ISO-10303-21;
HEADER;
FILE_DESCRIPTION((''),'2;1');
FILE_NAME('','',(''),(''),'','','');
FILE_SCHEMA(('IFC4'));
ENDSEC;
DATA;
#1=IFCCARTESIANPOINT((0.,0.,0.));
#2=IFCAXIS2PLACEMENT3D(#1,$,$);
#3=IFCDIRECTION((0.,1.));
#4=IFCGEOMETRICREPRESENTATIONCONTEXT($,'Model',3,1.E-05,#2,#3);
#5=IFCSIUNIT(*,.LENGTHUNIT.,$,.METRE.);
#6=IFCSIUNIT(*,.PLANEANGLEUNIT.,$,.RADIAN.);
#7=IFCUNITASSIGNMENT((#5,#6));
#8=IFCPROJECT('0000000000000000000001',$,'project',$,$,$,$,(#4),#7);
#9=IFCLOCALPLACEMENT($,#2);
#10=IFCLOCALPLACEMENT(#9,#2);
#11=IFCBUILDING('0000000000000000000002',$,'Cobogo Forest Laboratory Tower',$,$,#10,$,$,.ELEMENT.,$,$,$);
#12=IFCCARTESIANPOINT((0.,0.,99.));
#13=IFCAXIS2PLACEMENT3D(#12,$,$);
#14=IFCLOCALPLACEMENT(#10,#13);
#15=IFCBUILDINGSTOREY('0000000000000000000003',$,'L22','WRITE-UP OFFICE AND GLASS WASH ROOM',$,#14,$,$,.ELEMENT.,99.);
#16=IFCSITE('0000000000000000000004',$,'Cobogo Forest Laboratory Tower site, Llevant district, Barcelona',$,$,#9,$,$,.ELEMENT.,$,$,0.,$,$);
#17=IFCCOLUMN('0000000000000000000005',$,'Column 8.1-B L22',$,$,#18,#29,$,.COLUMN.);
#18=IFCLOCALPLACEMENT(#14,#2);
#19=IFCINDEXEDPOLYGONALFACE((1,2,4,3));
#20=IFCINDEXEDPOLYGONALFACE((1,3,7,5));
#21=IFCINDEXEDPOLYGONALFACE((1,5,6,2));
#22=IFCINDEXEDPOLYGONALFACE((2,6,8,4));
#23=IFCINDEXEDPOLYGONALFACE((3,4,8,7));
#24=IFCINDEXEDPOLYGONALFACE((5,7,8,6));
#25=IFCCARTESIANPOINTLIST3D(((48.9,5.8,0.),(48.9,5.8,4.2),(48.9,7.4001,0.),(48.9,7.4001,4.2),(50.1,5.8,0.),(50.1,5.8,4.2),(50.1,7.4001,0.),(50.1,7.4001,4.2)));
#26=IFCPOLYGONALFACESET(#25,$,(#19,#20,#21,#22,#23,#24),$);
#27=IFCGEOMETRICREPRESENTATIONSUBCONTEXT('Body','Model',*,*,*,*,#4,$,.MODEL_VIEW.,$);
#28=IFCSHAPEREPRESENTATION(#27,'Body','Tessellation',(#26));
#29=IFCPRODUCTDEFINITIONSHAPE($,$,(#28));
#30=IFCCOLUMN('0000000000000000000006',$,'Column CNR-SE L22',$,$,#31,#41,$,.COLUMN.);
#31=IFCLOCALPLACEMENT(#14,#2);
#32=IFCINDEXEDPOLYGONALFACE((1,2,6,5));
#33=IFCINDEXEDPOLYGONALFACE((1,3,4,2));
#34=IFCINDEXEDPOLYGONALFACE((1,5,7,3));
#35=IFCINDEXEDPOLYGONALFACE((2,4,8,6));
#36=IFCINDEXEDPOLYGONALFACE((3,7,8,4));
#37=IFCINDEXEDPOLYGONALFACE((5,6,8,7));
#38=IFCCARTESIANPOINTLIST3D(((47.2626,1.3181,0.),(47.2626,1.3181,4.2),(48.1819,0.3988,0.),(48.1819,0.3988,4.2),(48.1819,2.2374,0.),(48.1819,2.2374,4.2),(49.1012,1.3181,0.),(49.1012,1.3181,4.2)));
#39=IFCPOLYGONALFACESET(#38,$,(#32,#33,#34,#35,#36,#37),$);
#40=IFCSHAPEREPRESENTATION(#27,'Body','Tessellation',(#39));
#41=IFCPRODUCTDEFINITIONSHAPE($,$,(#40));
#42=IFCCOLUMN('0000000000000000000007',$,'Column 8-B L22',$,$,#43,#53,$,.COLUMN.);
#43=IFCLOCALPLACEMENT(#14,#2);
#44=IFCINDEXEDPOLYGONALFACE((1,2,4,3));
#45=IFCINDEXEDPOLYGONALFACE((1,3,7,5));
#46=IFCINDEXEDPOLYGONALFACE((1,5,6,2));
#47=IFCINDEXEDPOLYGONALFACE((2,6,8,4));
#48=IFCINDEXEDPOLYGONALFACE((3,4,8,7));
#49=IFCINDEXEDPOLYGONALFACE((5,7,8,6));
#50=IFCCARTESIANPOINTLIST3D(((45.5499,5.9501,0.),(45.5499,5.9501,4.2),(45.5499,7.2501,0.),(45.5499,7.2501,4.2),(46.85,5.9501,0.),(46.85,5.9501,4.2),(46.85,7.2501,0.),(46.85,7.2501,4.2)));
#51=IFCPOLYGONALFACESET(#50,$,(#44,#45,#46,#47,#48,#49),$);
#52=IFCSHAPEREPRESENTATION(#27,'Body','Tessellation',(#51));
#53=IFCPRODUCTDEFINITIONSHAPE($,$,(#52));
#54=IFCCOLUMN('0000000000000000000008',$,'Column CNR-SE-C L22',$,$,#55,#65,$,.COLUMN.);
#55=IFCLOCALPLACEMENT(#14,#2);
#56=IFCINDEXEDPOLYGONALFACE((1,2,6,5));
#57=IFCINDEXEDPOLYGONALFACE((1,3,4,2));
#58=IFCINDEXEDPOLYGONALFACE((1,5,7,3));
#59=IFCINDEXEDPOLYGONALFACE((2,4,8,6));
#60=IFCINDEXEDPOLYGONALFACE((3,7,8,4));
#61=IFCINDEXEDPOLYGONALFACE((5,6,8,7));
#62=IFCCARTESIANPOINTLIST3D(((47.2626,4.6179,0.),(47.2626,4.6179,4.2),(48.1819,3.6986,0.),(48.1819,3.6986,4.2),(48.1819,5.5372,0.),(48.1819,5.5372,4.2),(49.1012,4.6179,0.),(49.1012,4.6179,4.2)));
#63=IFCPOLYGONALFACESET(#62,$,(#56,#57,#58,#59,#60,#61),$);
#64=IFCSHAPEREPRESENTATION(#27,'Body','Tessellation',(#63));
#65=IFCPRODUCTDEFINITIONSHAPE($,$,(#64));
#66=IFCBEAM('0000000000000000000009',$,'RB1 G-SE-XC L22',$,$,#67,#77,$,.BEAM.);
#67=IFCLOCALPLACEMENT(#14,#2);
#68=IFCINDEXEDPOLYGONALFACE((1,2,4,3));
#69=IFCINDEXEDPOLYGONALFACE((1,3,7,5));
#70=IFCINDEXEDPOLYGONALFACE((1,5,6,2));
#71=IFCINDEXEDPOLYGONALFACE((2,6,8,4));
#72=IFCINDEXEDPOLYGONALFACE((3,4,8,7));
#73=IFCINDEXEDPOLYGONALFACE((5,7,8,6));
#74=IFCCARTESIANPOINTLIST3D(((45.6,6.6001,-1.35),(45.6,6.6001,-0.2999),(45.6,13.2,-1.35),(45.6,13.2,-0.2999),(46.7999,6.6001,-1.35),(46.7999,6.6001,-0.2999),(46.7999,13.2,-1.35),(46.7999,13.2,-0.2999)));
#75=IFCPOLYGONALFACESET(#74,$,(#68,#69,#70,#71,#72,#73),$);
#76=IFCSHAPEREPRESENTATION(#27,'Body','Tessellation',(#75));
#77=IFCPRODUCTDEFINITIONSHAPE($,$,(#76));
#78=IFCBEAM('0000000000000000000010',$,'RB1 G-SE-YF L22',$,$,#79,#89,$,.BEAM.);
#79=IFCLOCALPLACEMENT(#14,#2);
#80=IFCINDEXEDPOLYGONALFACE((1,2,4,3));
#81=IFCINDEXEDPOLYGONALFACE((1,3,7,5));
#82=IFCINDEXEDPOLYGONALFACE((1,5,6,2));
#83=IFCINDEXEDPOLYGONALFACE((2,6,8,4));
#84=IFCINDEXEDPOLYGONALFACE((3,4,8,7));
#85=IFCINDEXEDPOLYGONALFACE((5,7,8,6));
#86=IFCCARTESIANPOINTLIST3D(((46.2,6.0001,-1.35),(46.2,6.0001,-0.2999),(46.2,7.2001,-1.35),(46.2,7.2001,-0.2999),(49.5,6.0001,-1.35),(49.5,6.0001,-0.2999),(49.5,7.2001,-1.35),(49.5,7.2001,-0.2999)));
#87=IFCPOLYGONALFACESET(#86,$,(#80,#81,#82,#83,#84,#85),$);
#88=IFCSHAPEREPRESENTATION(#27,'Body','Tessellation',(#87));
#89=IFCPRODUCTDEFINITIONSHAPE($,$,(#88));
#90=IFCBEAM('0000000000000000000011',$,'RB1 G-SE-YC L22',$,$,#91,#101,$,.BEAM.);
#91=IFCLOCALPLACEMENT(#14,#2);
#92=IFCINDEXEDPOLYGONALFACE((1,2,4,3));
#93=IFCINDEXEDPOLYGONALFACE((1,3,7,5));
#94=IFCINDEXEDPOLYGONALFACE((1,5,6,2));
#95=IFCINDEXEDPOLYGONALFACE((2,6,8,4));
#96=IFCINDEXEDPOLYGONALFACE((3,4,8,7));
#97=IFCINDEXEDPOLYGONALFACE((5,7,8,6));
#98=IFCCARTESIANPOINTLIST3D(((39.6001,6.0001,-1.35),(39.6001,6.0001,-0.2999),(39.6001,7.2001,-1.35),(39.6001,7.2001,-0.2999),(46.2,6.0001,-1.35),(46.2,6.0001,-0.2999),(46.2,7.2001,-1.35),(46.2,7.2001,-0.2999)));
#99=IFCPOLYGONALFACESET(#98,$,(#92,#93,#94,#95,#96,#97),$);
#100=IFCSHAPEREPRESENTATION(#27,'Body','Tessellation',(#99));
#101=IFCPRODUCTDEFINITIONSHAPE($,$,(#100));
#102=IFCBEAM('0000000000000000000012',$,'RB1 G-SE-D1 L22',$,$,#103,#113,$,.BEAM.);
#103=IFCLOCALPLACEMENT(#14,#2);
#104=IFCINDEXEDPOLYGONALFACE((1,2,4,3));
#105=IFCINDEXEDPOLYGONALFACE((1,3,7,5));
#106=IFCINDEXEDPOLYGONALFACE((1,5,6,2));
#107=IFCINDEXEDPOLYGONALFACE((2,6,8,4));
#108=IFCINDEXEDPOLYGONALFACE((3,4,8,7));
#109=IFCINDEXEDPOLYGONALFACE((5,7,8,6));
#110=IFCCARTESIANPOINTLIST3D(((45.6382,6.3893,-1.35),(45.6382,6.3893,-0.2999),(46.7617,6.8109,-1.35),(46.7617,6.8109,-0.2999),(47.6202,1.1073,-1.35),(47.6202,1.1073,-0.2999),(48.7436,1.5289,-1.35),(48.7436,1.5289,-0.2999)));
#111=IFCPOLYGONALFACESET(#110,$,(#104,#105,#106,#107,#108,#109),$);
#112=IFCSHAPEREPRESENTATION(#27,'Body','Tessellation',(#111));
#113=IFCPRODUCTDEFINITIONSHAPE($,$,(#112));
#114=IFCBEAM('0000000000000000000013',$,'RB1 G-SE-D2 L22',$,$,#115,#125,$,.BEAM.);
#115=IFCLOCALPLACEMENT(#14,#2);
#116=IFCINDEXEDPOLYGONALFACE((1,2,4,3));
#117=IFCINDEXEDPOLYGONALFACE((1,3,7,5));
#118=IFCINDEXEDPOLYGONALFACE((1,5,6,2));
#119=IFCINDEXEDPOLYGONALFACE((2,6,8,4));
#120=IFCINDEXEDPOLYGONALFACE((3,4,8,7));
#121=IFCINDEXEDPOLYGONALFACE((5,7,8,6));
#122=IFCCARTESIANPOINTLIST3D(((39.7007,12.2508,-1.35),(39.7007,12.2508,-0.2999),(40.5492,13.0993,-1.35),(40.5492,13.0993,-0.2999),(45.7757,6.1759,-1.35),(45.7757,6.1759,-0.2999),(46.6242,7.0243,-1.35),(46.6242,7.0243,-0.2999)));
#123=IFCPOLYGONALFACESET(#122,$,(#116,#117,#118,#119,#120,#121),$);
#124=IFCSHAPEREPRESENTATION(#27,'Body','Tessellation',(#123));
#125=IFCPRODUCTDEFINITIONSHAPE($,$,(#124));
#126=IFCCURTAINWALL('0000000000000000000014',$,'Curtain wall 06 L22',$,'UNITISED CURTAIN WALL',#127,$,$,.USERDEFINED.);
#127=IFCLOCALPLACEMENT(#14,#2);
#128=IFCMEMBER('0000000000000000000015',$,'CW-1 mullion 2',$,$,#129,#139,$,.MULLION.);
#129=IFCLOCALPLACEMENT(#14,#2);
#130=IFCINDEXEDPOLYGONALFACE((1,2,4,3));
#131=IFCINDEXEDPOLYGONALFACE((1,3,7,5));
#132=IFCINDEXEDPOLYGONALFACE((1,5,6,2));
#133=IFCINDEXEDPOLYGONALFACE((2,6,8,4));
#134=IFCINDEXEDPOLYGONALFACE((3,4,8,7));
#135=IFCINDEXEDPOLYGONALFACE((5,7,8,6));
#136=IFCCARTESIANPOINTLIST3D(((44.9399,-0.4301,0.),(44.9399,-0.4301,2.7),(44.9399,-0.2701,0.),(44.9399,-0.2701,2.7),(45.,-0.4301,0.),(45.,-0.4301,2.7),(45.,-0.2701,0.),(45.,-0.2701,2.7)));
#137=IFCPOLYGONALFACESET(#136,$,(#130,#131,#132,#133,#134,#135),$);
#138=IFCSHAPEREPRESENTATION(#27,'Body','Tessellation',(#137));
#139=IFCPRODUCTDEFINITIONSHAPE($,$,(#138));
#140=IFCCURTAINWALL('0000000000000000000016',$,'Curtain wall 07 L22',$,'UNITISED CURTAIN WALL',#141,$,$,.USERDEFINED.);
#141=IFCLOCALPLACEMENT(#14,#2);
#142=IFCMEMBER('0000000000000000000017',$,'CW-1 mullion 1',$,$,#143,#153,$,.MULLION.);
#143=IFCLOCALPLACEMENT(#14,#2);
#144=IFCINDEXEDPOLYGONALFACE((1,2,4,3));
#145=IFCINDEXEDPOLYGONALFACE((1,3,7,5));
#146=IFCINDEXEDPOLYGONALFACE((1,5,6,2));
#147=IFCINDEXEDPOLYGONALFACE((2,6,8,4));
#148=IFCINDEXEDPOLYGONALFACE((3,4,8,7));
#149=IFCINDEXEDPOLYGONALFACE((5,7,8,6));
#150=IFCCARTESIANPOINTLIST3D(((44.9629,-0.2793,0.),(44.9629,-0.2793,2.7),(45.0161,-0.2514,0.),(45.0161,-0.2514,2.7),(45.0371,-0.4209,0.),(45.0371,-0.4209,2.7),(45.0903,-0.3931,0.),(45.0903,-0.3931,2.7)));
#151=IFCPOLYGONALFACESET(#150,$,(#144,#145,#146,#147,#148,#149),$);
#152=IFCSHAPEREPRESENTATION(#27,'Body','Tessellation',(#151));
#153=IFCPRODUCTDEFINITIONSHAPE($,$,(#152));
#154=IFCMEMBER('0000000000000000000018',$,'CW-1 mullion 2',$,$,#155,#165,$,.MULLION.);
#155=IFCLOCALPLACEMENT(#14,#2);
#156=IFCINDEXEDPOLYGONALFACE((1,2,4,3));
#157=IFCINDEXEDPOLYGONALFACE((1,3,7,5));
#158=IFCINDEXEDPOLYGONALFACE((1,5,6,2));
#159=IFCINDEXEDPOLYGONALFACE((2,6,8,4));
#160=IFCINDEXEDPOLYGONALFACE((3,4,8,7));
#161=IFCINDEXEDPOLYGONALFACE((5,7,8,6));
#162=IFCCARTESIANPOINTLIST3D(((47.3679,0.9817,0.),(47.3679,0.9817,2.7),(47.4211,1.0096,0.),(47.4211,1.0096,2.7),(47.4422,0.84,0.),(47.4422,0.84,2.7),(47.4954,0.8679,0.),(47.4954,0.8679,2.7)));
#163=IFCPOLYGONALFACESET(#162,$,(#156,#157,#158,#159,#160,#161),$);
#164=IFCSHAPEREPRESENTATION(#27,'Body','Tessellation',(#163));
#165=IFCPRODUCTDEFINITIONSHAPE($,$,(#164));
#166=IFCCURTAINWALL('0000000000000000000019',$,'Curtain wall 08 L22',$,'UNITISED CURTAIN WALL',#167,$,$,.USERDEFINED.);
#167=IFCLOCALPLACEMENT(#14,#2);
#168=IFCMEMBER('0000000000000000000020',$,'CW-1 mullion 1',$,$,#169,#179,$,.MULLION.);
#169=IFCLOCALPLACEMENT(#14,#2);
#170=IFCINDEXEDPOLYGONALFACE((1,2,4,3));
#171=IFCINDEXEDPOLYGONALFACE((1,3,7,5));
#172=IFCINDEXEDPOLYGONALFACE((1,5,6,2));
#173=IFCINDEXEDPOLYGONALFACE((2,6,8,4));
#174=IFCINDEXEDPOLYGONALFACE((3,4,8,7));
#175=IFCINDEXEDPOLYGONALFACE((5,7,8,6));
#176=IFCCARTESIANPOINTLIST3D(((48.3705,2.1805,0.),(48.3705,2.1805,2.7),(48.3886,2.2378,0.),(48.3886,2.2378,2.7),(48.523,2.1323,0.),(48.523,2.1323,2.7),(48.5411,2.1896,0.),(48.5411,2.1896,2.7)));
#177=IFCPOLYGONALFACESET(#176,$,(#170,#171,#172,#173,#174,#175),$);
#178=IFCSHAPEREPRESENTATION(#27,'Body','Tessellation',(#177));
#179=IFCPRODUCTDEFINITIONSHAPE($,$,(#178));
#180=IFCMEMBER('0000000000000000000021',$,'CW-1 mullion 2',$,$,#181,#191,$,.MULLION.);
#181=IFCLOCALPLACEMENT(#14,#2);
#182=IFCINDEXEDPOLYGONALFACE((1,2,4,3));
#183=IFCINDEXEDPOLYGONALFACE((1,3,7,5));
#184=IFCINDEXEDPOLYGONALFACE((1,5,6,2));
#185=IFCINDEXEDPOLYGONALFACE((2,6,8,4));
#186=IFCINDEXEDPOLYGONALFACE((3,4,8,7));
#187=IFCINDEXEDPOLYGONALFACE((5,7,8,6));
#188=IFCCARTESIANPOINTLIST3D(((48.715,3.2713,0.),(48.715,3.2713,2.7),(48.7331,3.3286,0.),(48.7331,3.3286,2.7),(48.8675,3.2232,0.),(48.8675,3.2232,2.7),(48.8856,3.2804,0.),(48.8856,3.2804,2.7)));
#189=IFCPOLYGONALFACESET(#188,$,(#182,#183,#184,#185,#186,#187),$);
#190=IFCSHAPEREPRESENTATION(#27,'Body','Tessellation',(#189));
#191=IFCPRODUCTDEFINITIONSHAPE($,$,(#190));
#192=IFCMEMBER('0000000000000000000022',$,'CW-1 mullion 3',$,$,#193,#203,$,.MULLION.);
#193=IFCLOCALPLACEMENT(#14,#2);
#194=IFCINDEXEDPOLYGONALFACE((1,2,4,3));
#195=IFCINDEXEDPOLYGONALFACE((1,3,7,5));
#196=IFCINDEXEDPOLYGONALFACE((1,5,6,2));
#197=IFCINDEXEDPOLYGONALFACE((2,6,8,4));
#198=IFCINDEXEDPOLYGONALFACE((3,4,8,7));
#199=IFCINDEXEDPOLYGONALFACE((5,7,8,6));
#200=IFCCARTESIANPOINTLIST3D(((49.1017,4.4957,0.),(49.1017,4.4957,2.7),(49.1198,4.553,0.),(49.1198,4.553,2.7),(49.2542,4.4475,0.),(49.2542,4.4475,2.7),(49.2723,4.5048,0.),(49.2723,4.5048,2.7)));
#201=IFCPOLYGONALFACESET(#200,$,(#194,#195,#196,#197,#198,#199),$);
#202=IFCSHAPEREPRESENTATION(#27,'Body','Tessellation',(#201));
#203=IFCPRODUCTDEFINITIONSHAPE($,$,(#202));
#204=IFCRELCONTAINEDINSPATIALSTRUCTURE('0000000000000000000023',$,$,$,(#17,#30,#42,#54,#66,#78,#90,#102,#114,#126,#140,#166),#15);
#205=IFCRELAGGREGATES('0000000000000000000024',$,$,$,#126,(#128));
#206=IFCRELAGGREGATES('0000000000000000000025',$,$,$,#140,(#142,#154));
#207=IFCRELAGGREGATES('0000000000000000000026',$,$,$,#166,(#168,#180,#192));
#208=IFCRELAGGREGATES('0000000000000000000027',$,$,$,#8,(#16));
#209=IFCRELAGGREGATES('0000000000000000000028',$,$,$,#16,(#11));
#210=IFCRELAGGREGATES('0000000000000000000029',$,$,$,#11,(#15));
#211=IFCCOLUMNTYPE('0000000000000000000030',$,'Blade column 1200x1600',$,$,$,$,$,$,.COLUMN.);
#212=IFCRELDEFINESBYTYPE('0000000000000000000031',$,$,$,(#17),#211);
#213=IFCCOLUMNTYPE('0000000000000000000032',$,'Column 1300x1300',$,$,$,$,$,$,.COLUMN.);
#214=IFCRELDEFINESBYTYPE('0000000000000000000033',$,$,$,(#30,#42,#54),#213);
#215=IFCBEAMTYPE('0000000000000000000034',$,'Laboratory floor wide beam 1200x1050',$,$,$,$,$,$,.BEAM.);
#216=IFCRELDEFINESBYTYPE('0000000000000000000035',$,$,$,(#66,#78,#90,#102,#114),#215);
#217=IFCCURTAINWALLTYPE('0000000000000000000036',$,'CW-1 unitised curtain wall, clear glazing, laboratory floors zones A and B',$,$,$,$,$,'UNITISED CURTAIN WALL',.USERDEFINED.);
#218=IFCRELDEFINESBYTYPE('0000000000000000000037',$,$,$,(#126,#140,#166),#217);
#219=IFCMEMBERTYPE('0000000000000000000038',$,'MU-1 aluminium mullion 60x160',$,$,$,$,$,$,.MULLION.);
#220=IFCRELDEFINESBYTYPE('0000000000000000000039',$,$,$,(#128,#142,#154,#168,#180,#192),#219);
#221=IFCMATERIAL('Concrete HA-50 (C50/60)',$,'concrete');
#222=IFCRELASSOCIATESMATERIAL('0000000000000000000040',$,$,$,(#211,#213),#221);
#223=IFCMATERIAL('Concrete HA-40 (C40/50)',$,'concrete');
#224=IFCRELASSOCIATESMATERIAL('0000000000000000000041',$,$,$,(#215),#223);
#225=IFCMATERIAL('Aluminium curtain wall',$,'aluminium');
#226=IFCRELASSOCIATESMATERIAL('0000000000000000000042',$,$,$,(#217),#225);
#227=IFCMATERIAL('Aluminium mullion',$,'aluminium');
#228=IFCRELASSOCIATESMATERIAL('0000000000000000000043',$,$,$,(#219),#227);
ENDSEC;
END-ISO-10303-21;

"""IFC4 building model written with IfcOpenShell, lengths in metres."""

from ifc_helpers import new_model, si_unit, direction, frame, origin, origin_2d, place, context, subcontext, project, spatial, rectangle, extrude, material, material_profile, profile_set, type_object, element, aggregate, save


model = new_model("IFC4")

# Units and contexts
model_context = context("Model", 3, precision=1e-05, world=origin(), true_north=direction((0.0, 1.0)))
body_context = subcontext(model_context, "Body", "Model", "MODEL_VIEW")
ifc_project = project(units=[si_unit("LENGTHUNIT", "METRE"), si_unit("PLANEANGLEUNIT", "RADIAN")], contexts=[model_context])

# Site, building, storey
site_placement = place(None, origin())
site = spatial("IfcSite", under=ifc_project, at=site_placement, Name="Cobogo Forest Laboratory Tower site, Llevant district, Barcelona", CompositionType="ELEMENT", RefElevation=0.0)
building_placement = place(site_placement, origin())
building = spatial("IfcBuilding", under=site, at=building_placement, Name="Cobogo Forest Laboratory Tower", CompositionType="ELEMENT")
storey_placement = place(building_placement, frame((0.0, 0.0, 99.0)))
storey = spatial("IfcBuildingStorey", under=building, at=storey_placement, Name="L22", Description="WRITE-UP OFFICE AND GLASS WASH ROOM", CompositionType="ELEMENT", Elevation=99.0)

# Columns
ifc_material_1 = material(Name="Concrete HA-50 (C50/60)", Category="concrete")
ifc_material_profile_1 = material_profile(ifc_material_1, rectangle(XDim=1.6001, YDim=1.2, at=origin_2d()), Name="RC 1200x1600")
ifc_profile_set_1 = profile_set([ifc_material_profile_1], Name="Concrete HA-50 (C50/60)")
column_type_1 = type_object("IfcColumnType", Name="Blade column 1200x1600", PredefinedType="COLUMN", material=ifc_profile_set_1)
column_placement = place(storey_placement, frame((49.5, 6.6001, 0.0), z_axis=(0.0, 0.0, 1.0), x_axis=(0.0, 1.0, 0.0)))
element("IfcColumn", 1, at=column_placement, inside=storey, type_object=column_type_1, Name="Column 8.1-B L22", PredefinedType="COLUMN", context=body_context, shape_type="SweptSolid", body=[
    extrude(rectangle(XDim=1.6001, YDim=1.2, at=origin_2d()), origin(), (0.0, 0.0, 1.0), 4.2),
])
ifc_material_profile_2 = material_profile(ifc_material_1, rectangle(XDim=1.3, YDim=1.3, at=origin_2d()), Name="RC 1300x1300")
ifc_profile_set_2 = profile_set([ifc_material_profile_2], Name="Concrete HA-50 (C50/60)")
column_type_2 = type_object("IfcColumnType", Name="Column 1300x1300", PredefinedType="COLUMN", material=ifc_profile_set_2)
for number, where, z_axis, x_axis, name in (
    (2, (48.1819, 1.3181, 0.0), (0.0, 0.0, 1.0), (0.707107, 0.707107, 0.0), "Column CNR-SE L22"),
    (3, (46.2, 6.6001, 0.0), (0.0, 0.0, 1.0), (1.0, 0.0, 0.0), "Column 8-B L22"),
    (4, (48.1819, 4.6179, 0.0), (0.0, 0.0, 1.0), (0.707107, 0.707107, 0.0), "Column CNR-SE-C L22"),
):
    element("IfcColumn", number, at=place(storey_placement, frame(where, z_axis=z_axis, x_axis=x_axis)), inside=storey, type_object=column_type_2, Name=name, PredefinedType="COLUMN", context=body_context, shape_type="SweptSolid", body=[
        extrude(rectangle(XDim=1.3, YDim=1.3, at=origin_2d()), origin(), (0.0, 0.0, 1.0), 4.2),
    ])

# Beams
ifc_material_2 = material(Name="Concrete HA-40 (C40/50)", Category="concrete")
ifc_material_profile_3 = material_profile(ifc_material_2, rectangle(XDim=1.2, YDim=1.05, at=origin_2d()), Name="RC 1200x1050")
ifc_profile_set_3 = profile_set([ifc_material_profile_3], Name="Concrete HA-40 (C40/50)")
beam_type_1 = type_object("IfcBeamType", Name="Laboratory floor wide beam 1200x1050", PredefinedType="BEAM", material=ifc_profile_set_3)
beam_1_placement = place(storey_placement, frame((46.2, 6.6001, -0.825), z_axis=(0.0, 1.0, 0.0), x_axis=(-1.0, 0.0, 0.0)))
element("IfcBeam", 5, at=beam_1_placement, inside=storey, type_object=beam_type_1, Name="RB1 G-SE-XC L22", PredefinedType="BEAM", context=body_context, shape_type="SweptSolid", body=[
    extrude(rectangle(XDim=1.2, YDim=1.05, at=origin_2d()), origin(), (0.0, 0.0, 1.0), 6.5999),
])
beam_2_placement = place(storey_placement, frame((49.5, 6.6001, -0.825), z_axis=(-1.0, 0.0, 0.0), x_axis=(0.0, -1.0, 0.0)))
element("IfcBeam", 6, at=beam_2_placement, inside=storey, type_object=beam_type_1, Name="RB1 G-SE-YF L22", PredefinedType="BEAM", context=body_context, shape_type="SweptSolid", body=[
    extrude(rectangle(XDim=1.2, YDim=1.05, at=origin_2d()), origin(), (0.0, 0.0, 1.0), 3.3),
])
beam_3_placement = place(storey_placement, frame((46.2, 6.6001, -0.825), z_axis=(-1.0, 0.0, 0.0), x_axis=(0.0, -1.0, 0.0)))
element("IfcBeam", 7, at=beam_3_placement, inside=storey, type_object=beam_type_1, Name="RB1 G-SE-YC L22", PredefinedType="BEAM", context=body_context, shape_type="SweptSolid", body=[
    extrude(rectangle(XDim=1.2, YDim=1.05, at=origin_2d()), origin(), (0.0, 0.0, 1.0), 6.5999),
])
beam_4_placement = place(storey_placement, frame((48.1819, 1.3181, -0.825), z_axis=(-0.351308, 0.93626, 0.0), x_axis=(-0.93626, -0.351308, 0.0)))
element("IfcBeam", 8, at=beam_4_placement, inside=storey, type_object=beam_type_1, Name="RB1 G-SE-D1 L22", PredefinedType="BEAM", context=body_context, shape_type="SweptSolid", body=[
    extrude(rectangle(XDim=1.2, YDim=1.05, at=origin_2d()), origin(), (0.0, 0.0, 1.0), 5.6416),
])
beam_5_placement = place(storey_placement, frame((46.2, 6.6001, -0.825), z_axis=(-0.707107, 0.707107, 0.0), x_axis=(-0.707107, -0.707107, 0.0)))
element("IfcBeam", 9, at=beam_5_placement, inside=storey, type_object=beam_type_1, Name="RB1 G-SE-D2 L22", PredefinedType="BEAM", context=body_context, shape_type="SweptSolid", body=[
    extrude(rectangle(XDim=1.2, YDim=1.05, at=origin_2d()), origin(), (0.0, 0.0, 1.0), 8.5913),
])

# Curtain wall, member
ifc_material_3 = material(Name="Aluminium curtain wall", Category="aluminium")
curtain_wall_type = type_object("IfcCurtainWallType", Name="CW-1 unitised curtain wall, clear glazing, laboratory floors zones A and B", ElementType="UNITISED CURTAIN WALL", PredefinedType="USERDEFINED", material=ifc_material_3)
curtain_wall_1_placement = place(storey_placement, origin())
curtain_wall_1 = element("IfcCurtainWall", 10, at=curtain_wall_1_placement, inside=storey, type_object=curtain_wall_type, Name="Curtain wall 06 L22", ObjectType="UNITISED CURTAIN WALL", PredefinedType="USERDEFINED")
ifc_material_4 = material(Name="Aluminium mullion", Category="aluminium")
ifc_material_profile_4 = material_profile(ifc_material_4, rectangle(XDim=0.0601, YDim=0.1599, at=origin_2d()), Name="AL 60x160")
ifc_profile_set_4 = profile_set([ifc_material_profile_4], Name="Aluminium mullion")
member_type_1 = type_object("IfcMemberType", Name="MU-1 aluminium mullion 60x160", PredefinedType="MULLION", material=ifc_profile_set_4)
member_1_placement = place(storey_placement, frame((44.97, -0.3501, 0.0), z_axis=(0.0, 0.0, 1.0), x_axis=(1.0, 0.0, 0.0)))
member_1 = element("IfcMember", 11, at=member_1_placement, type_object=member_type_1, Name="CW-1 mullion 2", PredefinedType="MULLION", context=body_context, shape_type="SweptSolid", body=[
    extrude(rectangle(XDim=0.0601, YDim=0.1599, at=origin_2d()), origin(), (0.0, 0.0, 1.0), 2.7),
])
aggregate(curtain_wall_1, [member_1])

# Curtain walls, members
curtain_wall_2_placement = place(storey_placement, origin())
curtain_wall_2 = element("IfcCurtainWall", 12, at=curtain_wall_2_placement, inside=storey, type_object=curtain_wall_type, Name="Curtain wall 07 L22", ObjectType="UNITISED CURTAIN WALL", PredefinedType="USERDEFINED")
member_2_placement = place(storey_placement, frame((45.0266, -0.3362, 0.0), z_axis=(0.0, 0.0, 1.0), x_axis=(0.885687, 0.464284, 0.0)))
member_2 = element("IfcMember", 13, at=member_2_placement, type_object=member_type_1, Name="CW-1 mullion 1", PredefinedType="MULLION", context=body_context, shape_type="SweptSolid", body=[
    extrude(rectangle(XDim=0.0601, YDim=0.1599, at=origin_2d()), origin(), (0.0, 0.0, 1.0), 2.7),
])
member_3_placement = place(storey_placement, frame((47.4316, 0.9248, 0.0), z_axis=(0.0, 0.0, 1.0), x_axis=(0.885687, 0.464284, 0.0)))
member_3 = element("IfcMember", 14, at=member_3_placement, type_object=member_type_1, Name="CW-1 mullion 2", PredefinedType="MULLION", context=body_context, shape_type="SweptSolid", body=[
    extrude(rectangle(XDim=0.0601, YDim=0.1599, at=origin_2d()), origin(), (0.0, 0.0, 1.0), 2.7),
])
curtain_wall_3_placement = place(storey_placement, origin())
curtain_wall_3 = element("IfcCurtainWall", 15, at=curtain_wall_3_placement, inside=storey, type_object=curtain_wall_type, Name="Curtain wall 08 L22", ObjectType="UNITISED CURTAIN WALL", PredefinedType="USERDEFINED")
member_4_placement = place(storey_placement, frame((48.4558, 2.1851, 0.0), z_axis=(0.0, 0.0, 1.0), x_axis=(0.301135, 0.953581, 0.0)))
member_4 = element("IfcMember", 16, at=member_4_placement, type_object=member_type_1, Name="CW-1 mullion 1", PredefinedType="MULLION", context=body_context, shape_type="SweptSolid", body=[
    extrude(rectangle(XDim=0.0601, YDim=0.1599, at=origin_2d()), origin(), (0.0, 0.0, 1.0), 2.7),
])
member_5_placement = place(storey_placement, frame((48.8003, 3.2759, 0.0), z_axis=(0.0, 0.0, 1.0), x_axis=(0.301135, 0.953581, 0.0)))
member_5 = element("IfcMember", 17, at=member_5_placement, type_object=member_type_1, Name="CW-1 mullion 2", PredefinedType="MULLION", context=body_context, shape_type="SweptSolid", body=[
    extrude(rectangle(XDim=0.0601, YDim=0.1599, at=origin_2d()), origin(), (0.0, 0.0, 1.0), 2.7),
])
member_6_placement = place(storey_placement, frame((49.187, 4.5002, 0.0), z_axis=(0.0, 0.0, 1.0), x_axis=(0.301135, 0.953581, 0.0)))
member_6 = element("IfcMember", 18, at=member_6_placement, type_object=member_type_1, Name="CW-1 mullion 3", PredefinedType="MULLION", context=body_context, shape_type="SweptSolid", body=[
    extrude(rectangle(XDim=0.0601, YDim=0.1599, at=origin_2d()), origin(), (0.0, 0.0, 1.0), 2.7),
])

aggregate(curtain_wall_2, [member_2, member_3])
aggregate(curtain_wall_3, [member_4, member_5, member_6])

save(model, "model.ifc")
